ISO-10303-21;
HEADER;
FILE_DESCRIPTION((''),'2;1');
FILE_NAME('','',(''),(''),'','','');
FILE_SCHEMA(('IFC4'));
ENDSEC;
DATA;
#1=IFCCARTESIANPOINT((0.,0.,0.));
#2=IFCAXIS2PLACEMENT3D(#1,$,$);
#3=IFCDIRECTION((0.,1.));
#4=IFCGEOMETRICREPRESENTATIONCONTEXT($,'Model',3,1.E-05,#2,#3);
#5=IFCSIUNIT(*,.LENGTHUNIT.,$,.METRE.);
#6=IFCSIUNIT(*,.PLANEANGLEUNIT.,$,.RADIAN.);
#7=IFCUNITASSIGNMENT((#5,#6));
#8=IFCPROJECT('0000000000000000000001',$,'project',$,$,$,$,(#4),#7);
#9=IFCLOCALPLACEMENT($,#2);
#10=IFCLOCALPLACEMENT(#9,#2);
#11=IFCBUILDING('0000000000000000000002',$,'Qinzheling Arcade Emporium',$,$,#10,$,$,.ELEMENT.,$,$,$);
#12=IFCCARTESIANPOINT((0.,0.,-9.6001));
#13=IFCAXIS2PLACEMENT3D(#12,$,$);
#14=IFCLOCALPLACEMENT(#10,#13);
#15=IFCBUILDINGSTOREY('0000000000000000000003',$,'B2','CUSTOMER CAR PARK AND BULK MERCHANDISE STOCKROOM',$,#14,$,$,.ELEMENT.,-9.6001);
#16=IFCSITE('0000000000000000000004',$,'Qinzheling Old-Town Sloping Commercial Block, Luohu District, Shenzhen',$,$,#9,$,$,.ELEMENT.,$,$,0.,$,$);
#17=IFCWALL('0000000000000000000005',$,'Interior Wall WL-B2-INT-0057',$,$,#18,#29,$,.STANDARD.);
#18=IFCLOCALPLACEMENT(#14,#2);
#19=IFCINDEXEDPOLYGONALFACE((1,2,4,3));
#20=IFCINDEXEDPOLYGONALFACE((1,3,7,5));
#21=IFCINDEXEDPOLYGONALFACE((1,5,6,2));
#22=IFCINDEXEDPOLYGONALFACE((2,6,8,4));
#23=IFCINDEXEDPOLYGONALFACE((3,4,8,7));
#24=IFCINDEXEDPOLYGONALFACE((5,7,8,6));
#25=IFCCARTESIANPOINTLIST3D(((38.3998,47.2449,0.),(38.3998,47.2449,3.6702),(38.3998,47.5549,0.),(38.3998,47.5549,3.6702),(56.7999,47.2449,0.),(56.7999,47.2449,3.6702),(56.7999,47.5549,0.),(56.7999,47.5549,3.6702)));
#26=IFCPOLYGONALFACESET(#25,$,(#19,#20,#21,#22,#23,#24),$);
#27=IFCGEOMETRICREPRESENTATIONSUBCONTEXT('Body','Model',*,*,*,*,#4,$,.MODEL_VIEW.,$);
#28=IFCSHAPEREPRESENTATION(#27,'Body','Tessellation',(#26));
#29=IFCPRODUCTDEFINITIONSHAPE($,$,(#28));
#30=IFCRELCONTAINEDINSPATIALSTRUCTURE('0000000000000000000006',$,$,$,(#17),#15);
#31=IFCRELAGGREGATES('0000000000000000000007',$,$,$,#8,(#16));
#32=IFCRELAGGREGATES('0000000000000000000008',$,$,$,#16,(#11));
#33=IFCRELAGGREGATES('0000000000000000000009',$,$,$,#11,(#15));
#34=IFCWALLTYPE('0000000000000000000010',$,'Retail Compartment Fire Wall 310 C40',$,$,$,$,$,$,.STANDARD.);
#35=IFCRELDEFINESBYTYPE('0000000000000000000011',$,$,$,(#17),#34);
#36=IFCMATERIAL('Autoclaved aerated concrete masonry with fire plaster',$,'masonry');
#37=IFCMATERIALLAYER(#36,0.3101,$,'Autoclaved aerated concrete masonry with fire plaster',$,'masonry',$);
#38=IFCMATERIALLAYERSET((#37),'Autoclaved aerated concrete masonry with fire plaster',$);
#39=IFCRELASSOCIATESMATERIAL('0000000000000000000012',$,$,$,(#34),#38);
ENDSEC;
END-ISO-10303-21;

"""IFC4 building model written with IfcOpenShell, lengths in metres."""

from ifc_helpers import new_model, si_unit, direction, frame, frame_2d, origin, place, context, subcontext, project, spatial, rectangle, extrude, material, layer, layer_set, type_object, element, save


model = new_model("IFC4")

# Units and contexts
model_context = context("Model", 3, precision=1e-05, world=origin(), true_north=direction((0.0, 1.0)))
body_context = subcontext(model_context, "Body", "Model", "MODEL_VIEW")
ifc_project = project(units=[si_unit("LENGTHUNIT", "METRE"), si_unit("PLANEANGLEUNIT", "RADIAN")], contexts=[model_context])

# Site, building, storey
site_placement = place(None, origin())
site = spatial("IfcSite", under=ifc_project, at=site_placement, Name="Qinzheling Old-Town Sloping Commercial Block, Luohu District, Shenzhen", CompositionType="ELEMENT", RefElevation=0.0)
building_placement = place(site_placement, origin())
building = spatial("IfcBuilding", under=site, at=building_placement, Name="Qinzheling Arcade Emporium", CompositionType="ELEMENT")
storey_placement = place(building_placement, frame((0.0, 0.0, -9.6001)))
storey = spatial("IfcBuildingStorey", under=building, at=storey_placement, Name="B2", Description="CUSTOMER CAR PARK AND BULK MERCHANDISE STOCKROOM", CompositionType="ELEMENT", Elevation=-9.6001)

# Wall
ifc_material_1 = material(Name="Autoclaved aerated concrete masonry with fire plaster", Category="masonry")
ifc_layer_1 = layer(ifc_material_1, 0.3101, Name="Autoclaved aerated concrete masonry with fire plaster", Category="masonry")
ifc_layer_set_1 = layer_set([ifc_layer_1], Name="Autoclaved aerated concrete masonry with fire plaster")
wall_type_1 = type_object("IfcWallType", Name="Retail Compartment Fire Wall 310 C40", PredefinedType="STANDARD", material=ifc_layer_set_1)
wall_1_placement = place(storey_placement, frame((56.8, 47.3999, 0.0), z_axis=(0.0, 0.0, 1.0), x_axis=(-1.0, 0.0, 0.0)))
element("IfcWall", 1, at=wall_1_placement, inside=storey, type_object=wall_type_1, Name="Interior Wall WL-B2-INT-0057", PredefinedType="STANDARD", context=body_context, shape_type="SweptSolid", body=[
    extrude(rectangle(XDim=18.4001, YDim=0.3101, at=frame_2d((9.2002, 0.0))), origin(), (0.0, 0.0, 1.0), 3.6702),
])

save(model, "model.ifc")
